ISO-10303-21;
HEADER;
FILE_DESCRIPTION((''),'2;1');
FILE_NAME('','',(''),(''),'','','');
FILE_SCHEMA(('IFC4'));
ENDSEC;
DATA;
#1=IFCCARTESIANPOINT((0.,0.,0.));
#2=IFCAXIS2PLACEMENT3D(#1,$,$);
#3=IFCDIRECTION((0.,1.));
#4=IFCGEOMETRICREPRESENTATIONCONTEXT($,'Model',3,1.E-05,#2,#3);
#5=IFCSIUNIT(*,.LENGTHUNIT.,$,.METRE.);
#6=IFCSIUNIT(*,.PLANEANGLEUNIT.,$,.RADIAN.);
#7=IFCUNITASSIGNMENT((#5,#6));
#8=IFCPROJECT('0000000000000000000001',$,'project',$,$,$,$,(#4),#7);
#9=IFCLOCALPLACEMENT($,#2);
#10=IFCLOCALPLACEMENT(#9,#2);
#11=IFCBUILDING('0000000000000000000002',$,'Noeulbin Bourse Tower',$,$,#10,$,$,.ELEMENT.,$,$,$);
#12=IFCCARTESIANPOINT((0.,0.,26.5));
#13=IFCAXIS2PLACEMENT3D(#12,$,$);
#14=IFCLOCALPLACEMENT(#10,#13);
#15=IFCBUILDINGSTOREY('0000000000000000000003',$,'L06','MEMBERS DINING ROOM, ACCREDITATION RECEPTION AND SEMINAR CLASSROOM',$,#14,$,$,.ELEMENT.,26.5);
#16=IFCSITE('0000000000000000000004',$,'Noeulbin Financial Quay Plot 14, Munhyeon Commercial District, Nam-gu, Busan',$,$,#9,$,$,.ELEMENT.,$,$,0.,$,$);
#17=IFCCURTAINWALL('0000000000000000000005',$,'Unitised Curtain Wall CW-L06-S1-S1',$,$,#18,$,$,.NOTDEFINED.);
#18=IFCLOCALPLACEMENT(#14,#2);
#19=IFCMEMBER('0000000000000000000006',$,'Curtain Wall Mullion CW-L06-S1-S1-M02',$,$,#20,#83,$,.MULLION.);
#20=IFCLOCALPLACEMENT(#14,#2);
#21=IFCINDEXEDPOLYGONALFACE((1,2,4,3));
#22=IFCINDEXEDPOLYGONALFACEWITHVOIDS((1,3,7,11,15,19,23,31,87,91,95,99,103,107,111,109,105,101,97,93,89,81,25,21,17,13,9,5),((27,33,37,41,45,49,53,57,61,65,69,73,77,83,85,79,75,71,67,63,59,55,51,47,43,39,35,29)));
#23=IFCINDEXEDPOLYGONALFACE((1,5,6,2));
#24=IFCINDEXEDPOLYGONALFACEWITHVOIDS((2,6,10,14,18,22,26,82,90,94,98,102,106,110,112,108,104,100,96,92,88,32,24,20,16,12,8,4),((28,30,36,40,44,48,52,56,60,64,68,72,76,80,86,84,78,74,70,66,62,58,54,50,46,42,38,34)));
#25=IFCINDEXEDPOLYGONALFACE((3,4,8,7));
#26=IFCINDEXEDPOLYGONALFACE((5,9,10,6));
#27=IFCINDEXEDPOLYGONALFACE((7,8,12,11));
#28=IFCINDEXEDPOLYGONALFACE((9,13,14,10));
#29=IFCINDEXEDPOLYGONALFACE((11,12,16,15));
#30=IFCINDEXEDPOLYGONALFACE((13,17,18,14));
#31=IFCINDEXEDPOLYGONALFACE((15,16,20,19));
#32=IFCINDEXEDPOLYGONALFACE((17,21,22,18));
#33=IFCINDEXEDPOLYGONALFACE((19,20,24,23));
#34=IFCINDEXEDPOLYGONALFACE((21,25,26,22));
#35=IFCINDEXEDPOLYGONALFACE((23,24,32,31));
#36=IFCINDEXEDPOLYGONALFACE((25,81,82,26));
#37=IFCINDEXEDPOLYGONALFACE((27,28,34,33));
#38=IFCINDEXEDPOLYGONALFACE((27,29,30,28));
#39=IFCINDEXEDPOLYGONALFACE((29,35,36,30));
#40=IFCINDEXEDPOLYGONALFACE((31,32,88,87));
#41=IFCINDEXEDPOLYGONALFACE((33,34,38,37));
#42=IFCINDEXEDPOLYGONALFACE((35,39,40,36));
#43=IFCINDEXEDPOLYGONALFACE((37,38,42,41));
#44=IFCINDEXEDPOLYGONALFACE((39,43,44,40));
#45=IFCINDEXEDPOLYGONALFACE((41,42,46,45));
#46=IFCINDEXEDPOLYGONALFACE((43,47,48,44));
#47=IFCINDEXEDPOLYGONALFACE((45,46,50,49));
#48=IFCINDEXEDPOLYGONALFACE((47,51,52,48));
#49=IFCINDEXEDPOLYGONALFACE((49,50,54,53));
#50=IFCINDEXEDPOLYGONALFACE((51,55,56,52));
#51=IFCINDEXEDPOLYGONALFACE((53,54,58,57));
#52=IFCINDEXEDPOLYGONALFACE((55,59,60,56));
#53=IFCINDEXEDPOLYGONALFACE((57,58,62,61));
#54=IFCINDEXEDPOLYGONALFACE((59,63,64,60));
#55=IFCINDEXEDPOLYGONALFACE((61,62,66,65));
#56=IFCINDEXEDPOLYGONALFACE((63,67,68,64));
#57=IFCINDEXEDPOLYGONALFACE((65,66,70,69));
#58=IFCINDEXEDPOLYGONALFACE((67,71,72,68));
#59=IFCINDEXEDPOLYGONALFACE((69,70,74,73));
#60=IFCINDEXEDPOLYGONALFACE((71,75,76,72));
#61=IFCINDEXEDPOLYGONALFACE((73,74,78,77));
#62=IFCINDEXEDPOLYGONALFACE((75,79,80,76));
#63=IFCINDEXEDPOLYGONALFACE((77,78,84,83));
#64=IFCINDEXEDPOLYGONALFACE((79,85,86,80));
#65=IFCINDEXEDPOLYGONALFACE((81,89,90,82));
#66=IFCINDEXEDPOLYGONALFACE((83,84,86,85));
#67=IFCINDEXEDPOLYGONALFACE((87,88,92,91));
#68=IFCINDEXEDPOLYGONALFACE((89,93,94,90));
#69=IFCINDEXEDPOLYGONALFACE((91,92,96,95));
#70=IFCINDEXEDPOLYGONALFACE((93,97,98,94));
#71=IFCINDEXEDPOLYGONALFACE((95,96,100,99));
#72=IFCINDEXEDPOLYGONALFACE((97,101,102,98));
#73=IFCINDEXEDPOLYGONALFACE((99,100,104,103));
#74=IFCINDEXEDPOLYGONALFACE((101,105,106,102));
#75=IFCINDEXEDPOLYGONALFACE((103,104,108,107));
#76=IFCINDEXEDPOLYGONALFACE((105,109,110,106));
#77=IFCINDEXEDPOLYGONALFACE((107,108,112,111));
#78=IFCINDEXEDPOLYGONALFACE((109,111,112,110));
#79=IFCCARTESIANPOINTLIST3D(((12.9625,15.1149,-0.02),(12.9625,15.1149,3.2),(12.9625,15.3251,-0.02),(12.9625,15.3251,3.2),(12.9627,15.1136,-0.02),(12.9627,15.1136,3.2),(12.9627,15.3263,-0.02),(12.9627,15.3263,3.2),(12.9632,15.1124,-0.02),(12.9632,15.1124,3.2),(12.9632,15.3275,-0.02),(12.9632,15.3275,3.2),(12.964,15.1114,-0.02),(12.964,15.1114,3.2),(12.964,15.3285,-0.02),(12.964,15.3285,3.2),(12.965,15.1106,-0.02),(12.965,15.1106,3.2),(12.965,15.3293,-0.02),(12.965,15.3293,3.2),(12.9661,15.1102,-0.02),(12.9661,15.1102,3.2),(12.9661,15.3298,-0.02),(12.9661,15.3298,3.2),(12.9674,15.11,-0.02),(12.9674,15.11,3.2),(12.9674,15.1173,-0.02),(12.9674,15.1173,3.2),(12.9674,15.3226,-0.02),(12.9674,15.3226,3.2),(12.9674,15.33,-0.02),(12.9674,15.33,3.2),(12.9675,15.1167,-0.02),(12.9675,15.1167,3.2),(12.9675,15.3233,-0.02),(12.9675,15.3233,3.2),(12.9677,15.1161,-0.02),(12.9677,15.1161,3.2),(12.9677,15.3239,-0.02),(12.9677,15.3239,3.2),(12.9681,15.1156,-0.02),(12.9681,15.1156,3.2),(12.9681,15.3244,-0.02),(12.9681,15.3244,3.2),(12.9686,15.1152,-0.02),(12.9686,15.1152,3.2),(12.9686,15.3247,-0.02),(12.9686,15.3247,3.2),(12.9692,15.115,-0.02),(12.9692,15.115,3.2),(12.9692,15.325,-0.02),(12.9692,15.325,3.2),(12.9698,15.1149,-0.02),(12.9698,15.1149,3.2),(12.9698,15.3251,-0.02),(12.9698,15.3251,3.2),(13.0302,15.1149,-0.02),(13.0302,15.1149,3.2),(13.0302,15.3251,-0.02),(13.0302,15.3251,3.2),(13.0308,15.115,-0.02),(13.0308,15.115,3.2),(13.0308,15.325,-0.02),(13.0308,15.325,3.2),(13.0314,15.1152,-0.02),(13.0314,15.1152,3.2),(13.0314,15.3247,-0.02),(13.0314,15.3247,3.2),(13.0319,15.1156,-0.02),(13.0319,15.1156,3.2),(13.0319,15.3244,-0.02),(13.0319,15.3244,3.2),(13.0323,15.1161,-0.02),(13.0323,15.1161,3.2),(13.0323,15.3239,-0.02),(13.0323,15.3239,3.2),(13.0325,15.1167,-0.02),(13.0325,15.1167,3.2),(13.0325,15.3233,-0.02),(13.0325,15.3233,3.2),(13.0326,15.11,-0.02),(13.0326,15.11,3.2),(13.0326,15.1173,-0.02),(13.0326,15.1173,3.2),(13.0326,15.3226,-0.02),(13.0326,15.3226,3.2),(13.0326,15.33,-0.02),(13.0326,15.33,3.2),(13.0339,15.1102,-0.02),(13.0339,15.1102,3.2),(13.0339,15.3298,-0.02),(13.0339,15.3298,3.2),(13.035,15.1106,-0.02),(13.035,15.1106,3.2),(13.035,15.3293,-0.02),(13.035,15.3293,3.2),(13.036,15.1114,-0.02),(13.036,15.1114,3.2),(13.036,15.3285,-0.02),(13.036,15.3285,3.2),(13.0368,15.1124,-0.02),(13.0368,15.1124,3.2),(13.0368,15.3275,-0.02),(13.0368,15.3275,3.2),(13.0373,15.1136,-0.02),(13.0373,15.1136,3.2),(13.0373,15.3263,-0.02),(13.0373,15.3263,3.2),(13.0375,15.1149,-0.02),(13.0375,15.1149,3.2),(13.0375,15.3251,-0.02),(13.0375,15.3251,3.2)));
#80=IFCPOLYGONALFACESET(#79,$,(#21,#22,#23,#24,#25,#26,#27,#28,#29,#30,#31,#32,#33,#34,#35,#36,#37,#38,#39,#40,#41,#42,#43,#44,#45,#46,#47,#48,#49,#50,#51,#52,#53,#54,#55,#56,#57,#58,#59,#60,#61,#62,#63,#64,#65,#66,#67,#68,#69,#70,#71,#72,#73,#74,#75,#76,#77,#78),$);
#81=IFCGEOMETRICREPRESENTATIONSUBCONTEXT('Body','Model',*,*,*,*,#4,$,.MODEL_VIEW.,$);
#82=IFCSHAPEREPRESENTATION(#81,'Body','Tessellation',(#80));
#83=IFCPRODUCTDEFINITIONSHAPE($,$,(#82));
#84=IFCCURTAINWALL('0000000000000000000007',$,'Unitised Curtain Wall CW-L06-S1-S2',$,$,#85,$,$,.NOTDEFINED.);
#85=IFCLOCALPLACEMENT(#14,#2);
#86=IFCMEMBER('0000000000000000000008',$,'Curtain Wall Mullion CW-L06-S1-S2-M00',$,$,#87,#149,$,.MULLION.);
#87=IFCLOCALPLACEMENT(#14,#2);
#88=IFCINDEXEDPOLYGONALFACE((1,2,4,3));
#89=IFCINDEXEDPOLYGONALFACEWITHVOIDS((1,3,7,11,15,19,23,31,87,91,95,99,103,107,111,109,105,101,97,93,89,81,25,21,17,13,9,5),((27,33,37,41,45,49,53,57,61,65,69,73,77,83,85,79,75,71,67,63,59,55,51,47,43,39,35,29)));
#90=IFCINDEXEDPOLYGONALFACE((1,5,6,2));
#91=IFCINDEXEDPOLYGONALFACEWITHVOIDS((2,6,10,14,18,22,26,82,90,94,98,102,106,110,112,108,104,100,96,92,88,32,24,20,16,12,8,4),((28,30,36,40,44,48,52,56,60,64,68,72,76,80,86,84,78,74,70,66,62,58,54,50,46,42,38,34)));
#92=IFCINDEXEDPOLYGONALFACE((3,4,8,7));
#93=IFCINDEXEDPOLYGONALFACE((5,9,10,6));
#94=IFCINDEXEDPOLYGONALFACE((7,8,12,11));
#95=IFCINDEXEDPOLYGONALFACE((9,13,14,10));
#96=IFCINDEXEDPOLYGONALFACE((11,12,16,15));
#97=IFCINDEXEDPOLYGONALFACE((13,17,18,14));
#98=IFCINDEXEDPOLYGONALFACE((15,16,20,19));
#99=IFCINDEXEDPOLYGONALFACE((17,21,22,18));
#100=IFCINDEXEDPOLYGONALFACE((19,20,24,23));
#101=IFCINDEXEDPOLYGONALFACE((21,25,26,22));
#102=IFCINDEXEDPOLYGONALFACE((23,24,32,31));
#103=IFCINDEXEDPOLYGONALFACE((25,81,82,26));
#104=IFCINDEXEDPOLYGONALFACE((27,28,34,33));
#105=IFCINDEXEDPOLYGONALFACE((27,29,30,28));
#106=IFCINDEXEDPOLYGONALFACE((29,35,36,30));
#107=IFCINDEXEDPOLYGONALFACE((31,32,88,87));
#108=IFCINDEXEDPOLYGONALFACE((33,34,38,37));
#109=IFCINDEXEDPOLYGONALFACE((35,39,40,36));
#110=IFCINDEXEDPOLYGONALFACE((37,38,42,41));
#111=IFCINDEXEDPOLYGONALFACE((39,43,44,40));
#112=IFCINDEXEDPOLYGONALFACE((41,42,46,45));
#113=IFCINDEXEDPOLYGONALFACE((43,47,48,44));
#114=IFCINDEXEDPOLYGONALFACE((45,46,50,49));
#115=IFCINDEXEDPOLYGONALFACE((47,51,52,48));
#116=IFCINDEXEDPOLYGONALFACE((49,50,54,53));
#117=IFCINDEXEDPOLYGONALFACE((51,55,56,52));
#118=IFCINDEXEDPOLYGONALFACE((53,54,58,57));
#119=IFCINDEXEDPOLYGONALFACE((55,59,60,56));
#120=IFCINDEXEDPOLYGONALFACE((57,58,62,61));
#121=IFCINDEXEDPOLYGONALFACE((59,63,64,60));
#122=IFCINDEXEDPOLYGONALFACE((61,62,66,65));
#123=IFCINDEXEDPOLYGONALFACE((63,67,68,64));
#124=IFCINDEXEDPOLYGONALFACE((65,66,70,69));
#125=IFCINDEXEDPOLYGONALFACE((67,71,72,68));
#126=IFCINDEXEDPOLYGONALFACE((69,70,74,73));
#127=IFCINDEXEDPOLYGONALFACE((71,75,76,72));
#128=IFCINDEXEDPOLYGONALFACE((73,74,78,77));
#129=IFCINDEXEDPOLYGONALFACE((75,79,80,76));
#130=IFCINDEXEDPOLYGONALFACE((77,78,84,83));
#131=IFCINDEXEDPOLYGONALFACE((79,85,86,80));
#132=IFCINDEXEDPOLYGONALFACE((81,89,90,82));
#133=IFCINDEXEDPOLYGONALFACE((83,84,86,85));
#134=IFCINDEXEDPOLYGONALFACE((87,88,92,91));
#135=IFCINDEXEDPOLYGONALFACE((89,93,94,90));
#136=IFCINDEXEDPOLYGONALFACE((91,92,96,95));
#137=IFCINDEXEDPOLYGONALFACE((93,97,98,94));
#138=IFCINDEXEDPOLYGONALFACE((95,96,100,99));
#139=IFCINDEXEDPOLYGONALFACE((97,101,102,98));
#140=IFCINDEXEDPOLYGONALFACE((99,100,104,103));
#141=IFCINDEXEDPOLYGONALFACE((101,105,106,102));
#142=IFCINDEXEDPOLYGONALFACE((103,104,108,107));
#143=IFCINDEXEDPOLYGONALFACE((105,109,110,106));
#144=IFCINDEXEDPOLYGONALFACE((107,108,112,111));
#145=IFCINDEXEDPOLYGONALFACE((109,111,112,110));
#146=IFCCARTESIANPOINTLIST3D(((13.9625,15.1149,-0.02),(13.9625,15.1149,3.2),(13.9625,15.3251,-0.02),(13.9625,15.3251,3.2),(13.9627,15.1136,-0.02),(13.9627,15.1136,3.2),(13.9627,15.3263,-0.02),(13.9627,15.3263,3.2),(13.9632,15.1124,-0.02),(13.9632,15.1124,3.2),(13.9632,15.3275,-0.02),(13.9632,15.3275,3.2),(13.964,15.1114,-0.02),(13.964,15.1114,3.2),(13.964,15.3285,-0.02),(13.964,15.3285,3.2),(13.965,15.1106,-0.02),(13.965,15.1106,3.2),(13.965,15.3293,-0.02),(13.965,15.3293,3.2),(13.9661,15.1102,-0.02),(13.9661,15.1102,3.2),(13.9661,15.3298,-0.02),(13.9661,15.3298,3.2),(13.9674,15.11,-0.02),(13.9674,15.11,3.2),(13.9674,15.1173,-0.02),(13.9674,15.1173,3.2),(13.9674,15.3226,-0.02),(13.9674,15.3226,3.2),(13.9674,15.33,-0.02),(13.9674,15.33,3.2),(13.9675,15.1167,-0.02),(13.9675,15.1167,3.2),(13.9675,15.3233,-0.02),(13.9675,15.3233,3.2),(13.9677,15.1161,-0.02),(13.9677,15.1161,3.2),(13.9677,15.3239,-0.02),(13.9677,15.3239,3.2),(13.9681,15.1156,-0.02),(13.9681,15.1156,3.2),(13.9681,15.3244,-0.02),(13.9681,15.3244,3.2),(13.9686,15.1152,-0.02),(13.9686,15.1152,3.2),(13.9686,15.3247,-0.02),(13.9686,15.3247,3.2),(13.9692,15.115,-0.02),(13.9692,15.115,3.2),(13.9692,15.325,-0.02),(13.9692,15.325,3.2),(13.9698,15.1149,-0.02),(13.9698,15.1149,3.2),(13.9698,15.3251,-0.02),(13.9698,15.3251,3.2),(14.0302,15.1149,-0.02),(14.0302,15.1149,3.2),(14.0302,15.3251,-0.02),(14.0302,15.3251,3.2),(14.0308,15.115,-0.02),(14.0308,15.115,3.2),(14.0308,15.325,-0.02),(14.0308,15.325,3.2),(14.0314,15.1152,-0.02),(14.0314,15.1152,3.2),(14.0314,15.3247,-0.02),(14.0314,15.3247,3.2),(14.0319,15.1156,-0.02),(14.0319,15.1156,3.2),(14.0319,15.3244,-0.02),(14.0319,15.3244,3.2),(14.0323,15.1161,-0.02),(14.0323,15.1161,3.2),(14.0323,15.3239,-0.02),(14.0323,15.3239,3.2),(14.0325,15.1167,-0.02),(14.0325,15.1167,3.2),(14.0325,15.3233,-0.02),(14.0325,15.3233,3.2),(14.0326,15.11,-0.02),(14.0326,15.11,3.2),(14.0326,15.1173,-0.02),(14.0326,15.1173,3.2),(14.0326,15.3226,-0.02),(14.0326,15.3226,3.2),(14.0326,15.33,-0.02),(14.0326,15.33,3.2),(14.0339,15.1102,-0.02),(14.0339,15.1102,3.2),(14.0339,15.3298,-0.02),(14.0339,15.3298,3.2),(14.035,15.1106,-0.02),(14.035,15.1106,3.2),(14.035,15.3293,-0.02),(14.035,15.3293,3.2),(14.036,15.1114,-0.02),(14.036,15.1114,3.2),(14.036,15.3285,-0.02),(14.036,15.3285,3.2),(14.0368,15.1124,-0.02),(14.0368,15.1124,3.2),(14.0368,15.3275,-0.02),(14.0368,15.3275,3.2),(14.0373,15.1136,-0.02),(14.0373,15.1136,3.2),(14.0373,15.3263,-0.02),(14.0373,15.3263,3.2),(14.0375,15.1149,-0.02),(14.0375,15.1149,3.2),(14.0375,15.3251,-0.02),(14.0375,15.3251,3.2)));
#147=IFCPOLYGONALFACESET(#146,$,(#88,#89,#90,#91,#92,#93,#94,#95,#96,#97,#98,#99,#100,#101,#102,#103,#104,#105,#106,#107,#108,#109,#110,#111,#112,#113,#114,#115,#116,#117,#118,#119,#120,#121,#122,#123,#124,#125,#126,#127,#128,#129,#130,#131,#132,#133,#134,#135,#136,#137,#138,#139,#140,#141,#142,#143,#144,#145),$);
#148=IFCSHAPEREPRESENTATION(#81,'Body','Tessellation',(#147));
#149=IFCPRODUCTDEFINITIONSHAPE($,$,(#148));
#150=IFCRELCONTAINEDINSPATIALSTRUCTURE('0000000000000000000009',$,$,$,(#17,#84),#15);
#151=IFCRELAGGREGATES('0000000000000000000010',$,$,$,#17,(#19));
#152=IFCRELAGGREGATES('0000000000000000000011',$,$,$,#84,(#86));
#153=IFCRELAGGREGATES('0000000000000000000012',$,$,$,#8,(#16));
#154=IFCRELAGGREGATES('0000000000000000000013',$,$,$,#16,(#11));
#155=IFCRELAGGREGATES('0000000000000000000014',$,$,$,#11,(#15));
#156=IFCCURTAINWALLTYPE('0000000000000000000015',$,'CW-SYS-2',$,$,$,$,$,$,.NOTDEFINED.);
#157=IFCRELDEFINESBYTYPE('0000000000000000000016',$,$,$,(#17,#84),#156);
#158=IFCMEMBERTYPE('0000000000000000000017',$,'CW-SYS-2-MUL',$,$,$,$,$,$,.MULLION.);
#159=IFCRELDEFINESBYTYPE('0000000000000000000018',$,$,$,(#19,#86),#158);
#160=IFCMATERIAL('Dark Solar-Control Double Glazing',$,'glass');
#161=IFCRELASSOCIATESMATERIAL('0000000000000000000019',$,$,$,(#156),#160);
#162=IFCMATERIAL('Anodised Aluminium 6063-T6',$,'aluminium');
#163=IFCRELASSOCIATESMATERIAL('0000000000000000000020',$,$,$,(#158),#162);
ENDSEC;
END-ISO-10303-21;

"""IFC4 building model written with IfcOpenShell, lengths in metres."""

from ifc_helpers import new_model, si_unit, direction, frame, origin, origin_2d, place, context, subcontext, project, spatial, hollow_rectangle, extrude, material, material_profile, profile_set, type_object, element, aggregate, save


model = new_model("IFC4")

# Units and contexts
model_context = context("Model", 3, precision=1e-05, world=origin(), true_north=direction((0.0, 1.0)))
body_context = subcontext(model_context, "Body", "Model", "MODEL_VIEW")
ifc_project = project(units=[si_unit("LENGTHUNIT", "METRE"), si_unit("PLANEANGLEUNIT", "RADIAN")], contexts=[model_context])

# Site, building, storey
site_placement = place(None, origin())
site = spatial("IfcSite", under=ifc_project, at=site_placement, Name="Noeulbin Financial Quay Plot 14, Munhyeon Commercial District, Nam-gu, Busan", CompositionType="ELEMENT", RefElevation=0.0)
building_placement = place(site_placement, origin())
building = spatial("IfcBuilding", under=site, at=building_placement, Name="Noeulbin Bourse Tower", CompositionType="ELEMENT")
storey_placement = place(building_placement, frame((0.0, 0.0, 26.5)))
storey = spatial("IfcBuildingStorey", under=building, at=storey_placement, Name="L06", Description="MEMBERS DINING ROOM, ACCREDITATION RECEPTION AND SEMINAR CLASSROOM", CompositionType="ELEMENT", Elevation=26.5)

# Curtain wall, member
ifc_material_1 = material(Name="Dark Solar-Control Double Glazing", Category="glass")
curtain_wall_type = type_object("IfcCurtainWallType", Name="CW-SYS-2", PredefinedType="NOTDEFINED", material=ifc_material_1)
curtain_wall_1_placement = place(storey_placement, origin())
curtain_wall_1 = element("IfcCurtainWall", 1, at=curtain_wall_1_placement, inside=storey, type_object=curtain_wall_type, Name="Unitised Curtain Wall CW-L06-S1-S1", PredefinedType="NOTDEFINED")
ifc_material_2 = material(Name="Anodised Aluminium 6063-T6", Category="aluminium")
ifc_material_profile_1 = material_profile(ifc_material_2, hollow_rectangle(XDim=0.075, YDim=0.22, WallThickness=0.0049, InnerFilletRadius=0.0024, OuterFilletRadius=0.0049, at=origin_2d()), Name="ALU-MULL-75x220x5", Category="LoadBearing")
ifc_profile_set_1 = profile_set([ifc_material_profile_1], Name="Anodised Aluminium 6063-T6")
member_type_1 = type_object("IfcMemberType", Name="CW-SYS-2-MUL", PredefinedType="MULLION", material=ifc_profile_set_1)
member_1_placement = place(storey_placement, frame((13.0, 15.22, -0.02), z_axis=(0.0, 0.0, 1.0), x_axis=(1.0, 0.0, 0.0)))
member_1 = element("IfcMember", 2, at=member_1_placement, type_object=member_type_1, Name="Curtain Wall Mullion CW-L06-S1-S1-M02", PredefinedType="MULLION", context=body_context, shape_type="SweptSolid", body=[
    extrude(hollow_rectangle(XDim=0.075, YDim=0.22, WallThickness=0.0049, InnerFilletRadius=0.0024, OuterFilletRadius=0.0049, at=origin_2d()), origin(), (0.0, 0.0, 1.0), 3.22),
])

# Curtain wall, member
curtain_wall_2_placement = place(storey_placement, origin())
curtain_wall_2 = element("IfcCurtainWall", 3, at=curtain_wall_2_placement, inside=storey, type_object=curtain_wall_type, Name="Unitised Curtain Wall CW-L06-S1-S2", PredefinedType="NOTDEFINED")
member_2_placement = place(storey_placement, frame((14.0, 15.22, -0.02), z_axis=(0.0, 0.0, 1.0), x_axis=(1.0, 0.0, 0.0)))
member_2 = element("IfcMember", 4, at=member_2_placement, type_object=member_type_1, Name="Curtain Wall Mullion CW-L06-S1-S2-M00", PredefinedType="MULLION", context=body_context, shape_type="SweptSolid", body=[
    extrude(hollow_rectangle(XDim=0.075, YDim=0.22, WallThickness=0.0049, InnerFilletRadius=0.0024, OuterFilletRadius=0.0049, at=origin_2d()), origin(), (0.0, 0.0, 1.0), 3.22),
])

aggregate(curtain_wall_1, [member_1])
aggregate(curtain_wall_2, [member_2])

save(model, "model.ifc")
